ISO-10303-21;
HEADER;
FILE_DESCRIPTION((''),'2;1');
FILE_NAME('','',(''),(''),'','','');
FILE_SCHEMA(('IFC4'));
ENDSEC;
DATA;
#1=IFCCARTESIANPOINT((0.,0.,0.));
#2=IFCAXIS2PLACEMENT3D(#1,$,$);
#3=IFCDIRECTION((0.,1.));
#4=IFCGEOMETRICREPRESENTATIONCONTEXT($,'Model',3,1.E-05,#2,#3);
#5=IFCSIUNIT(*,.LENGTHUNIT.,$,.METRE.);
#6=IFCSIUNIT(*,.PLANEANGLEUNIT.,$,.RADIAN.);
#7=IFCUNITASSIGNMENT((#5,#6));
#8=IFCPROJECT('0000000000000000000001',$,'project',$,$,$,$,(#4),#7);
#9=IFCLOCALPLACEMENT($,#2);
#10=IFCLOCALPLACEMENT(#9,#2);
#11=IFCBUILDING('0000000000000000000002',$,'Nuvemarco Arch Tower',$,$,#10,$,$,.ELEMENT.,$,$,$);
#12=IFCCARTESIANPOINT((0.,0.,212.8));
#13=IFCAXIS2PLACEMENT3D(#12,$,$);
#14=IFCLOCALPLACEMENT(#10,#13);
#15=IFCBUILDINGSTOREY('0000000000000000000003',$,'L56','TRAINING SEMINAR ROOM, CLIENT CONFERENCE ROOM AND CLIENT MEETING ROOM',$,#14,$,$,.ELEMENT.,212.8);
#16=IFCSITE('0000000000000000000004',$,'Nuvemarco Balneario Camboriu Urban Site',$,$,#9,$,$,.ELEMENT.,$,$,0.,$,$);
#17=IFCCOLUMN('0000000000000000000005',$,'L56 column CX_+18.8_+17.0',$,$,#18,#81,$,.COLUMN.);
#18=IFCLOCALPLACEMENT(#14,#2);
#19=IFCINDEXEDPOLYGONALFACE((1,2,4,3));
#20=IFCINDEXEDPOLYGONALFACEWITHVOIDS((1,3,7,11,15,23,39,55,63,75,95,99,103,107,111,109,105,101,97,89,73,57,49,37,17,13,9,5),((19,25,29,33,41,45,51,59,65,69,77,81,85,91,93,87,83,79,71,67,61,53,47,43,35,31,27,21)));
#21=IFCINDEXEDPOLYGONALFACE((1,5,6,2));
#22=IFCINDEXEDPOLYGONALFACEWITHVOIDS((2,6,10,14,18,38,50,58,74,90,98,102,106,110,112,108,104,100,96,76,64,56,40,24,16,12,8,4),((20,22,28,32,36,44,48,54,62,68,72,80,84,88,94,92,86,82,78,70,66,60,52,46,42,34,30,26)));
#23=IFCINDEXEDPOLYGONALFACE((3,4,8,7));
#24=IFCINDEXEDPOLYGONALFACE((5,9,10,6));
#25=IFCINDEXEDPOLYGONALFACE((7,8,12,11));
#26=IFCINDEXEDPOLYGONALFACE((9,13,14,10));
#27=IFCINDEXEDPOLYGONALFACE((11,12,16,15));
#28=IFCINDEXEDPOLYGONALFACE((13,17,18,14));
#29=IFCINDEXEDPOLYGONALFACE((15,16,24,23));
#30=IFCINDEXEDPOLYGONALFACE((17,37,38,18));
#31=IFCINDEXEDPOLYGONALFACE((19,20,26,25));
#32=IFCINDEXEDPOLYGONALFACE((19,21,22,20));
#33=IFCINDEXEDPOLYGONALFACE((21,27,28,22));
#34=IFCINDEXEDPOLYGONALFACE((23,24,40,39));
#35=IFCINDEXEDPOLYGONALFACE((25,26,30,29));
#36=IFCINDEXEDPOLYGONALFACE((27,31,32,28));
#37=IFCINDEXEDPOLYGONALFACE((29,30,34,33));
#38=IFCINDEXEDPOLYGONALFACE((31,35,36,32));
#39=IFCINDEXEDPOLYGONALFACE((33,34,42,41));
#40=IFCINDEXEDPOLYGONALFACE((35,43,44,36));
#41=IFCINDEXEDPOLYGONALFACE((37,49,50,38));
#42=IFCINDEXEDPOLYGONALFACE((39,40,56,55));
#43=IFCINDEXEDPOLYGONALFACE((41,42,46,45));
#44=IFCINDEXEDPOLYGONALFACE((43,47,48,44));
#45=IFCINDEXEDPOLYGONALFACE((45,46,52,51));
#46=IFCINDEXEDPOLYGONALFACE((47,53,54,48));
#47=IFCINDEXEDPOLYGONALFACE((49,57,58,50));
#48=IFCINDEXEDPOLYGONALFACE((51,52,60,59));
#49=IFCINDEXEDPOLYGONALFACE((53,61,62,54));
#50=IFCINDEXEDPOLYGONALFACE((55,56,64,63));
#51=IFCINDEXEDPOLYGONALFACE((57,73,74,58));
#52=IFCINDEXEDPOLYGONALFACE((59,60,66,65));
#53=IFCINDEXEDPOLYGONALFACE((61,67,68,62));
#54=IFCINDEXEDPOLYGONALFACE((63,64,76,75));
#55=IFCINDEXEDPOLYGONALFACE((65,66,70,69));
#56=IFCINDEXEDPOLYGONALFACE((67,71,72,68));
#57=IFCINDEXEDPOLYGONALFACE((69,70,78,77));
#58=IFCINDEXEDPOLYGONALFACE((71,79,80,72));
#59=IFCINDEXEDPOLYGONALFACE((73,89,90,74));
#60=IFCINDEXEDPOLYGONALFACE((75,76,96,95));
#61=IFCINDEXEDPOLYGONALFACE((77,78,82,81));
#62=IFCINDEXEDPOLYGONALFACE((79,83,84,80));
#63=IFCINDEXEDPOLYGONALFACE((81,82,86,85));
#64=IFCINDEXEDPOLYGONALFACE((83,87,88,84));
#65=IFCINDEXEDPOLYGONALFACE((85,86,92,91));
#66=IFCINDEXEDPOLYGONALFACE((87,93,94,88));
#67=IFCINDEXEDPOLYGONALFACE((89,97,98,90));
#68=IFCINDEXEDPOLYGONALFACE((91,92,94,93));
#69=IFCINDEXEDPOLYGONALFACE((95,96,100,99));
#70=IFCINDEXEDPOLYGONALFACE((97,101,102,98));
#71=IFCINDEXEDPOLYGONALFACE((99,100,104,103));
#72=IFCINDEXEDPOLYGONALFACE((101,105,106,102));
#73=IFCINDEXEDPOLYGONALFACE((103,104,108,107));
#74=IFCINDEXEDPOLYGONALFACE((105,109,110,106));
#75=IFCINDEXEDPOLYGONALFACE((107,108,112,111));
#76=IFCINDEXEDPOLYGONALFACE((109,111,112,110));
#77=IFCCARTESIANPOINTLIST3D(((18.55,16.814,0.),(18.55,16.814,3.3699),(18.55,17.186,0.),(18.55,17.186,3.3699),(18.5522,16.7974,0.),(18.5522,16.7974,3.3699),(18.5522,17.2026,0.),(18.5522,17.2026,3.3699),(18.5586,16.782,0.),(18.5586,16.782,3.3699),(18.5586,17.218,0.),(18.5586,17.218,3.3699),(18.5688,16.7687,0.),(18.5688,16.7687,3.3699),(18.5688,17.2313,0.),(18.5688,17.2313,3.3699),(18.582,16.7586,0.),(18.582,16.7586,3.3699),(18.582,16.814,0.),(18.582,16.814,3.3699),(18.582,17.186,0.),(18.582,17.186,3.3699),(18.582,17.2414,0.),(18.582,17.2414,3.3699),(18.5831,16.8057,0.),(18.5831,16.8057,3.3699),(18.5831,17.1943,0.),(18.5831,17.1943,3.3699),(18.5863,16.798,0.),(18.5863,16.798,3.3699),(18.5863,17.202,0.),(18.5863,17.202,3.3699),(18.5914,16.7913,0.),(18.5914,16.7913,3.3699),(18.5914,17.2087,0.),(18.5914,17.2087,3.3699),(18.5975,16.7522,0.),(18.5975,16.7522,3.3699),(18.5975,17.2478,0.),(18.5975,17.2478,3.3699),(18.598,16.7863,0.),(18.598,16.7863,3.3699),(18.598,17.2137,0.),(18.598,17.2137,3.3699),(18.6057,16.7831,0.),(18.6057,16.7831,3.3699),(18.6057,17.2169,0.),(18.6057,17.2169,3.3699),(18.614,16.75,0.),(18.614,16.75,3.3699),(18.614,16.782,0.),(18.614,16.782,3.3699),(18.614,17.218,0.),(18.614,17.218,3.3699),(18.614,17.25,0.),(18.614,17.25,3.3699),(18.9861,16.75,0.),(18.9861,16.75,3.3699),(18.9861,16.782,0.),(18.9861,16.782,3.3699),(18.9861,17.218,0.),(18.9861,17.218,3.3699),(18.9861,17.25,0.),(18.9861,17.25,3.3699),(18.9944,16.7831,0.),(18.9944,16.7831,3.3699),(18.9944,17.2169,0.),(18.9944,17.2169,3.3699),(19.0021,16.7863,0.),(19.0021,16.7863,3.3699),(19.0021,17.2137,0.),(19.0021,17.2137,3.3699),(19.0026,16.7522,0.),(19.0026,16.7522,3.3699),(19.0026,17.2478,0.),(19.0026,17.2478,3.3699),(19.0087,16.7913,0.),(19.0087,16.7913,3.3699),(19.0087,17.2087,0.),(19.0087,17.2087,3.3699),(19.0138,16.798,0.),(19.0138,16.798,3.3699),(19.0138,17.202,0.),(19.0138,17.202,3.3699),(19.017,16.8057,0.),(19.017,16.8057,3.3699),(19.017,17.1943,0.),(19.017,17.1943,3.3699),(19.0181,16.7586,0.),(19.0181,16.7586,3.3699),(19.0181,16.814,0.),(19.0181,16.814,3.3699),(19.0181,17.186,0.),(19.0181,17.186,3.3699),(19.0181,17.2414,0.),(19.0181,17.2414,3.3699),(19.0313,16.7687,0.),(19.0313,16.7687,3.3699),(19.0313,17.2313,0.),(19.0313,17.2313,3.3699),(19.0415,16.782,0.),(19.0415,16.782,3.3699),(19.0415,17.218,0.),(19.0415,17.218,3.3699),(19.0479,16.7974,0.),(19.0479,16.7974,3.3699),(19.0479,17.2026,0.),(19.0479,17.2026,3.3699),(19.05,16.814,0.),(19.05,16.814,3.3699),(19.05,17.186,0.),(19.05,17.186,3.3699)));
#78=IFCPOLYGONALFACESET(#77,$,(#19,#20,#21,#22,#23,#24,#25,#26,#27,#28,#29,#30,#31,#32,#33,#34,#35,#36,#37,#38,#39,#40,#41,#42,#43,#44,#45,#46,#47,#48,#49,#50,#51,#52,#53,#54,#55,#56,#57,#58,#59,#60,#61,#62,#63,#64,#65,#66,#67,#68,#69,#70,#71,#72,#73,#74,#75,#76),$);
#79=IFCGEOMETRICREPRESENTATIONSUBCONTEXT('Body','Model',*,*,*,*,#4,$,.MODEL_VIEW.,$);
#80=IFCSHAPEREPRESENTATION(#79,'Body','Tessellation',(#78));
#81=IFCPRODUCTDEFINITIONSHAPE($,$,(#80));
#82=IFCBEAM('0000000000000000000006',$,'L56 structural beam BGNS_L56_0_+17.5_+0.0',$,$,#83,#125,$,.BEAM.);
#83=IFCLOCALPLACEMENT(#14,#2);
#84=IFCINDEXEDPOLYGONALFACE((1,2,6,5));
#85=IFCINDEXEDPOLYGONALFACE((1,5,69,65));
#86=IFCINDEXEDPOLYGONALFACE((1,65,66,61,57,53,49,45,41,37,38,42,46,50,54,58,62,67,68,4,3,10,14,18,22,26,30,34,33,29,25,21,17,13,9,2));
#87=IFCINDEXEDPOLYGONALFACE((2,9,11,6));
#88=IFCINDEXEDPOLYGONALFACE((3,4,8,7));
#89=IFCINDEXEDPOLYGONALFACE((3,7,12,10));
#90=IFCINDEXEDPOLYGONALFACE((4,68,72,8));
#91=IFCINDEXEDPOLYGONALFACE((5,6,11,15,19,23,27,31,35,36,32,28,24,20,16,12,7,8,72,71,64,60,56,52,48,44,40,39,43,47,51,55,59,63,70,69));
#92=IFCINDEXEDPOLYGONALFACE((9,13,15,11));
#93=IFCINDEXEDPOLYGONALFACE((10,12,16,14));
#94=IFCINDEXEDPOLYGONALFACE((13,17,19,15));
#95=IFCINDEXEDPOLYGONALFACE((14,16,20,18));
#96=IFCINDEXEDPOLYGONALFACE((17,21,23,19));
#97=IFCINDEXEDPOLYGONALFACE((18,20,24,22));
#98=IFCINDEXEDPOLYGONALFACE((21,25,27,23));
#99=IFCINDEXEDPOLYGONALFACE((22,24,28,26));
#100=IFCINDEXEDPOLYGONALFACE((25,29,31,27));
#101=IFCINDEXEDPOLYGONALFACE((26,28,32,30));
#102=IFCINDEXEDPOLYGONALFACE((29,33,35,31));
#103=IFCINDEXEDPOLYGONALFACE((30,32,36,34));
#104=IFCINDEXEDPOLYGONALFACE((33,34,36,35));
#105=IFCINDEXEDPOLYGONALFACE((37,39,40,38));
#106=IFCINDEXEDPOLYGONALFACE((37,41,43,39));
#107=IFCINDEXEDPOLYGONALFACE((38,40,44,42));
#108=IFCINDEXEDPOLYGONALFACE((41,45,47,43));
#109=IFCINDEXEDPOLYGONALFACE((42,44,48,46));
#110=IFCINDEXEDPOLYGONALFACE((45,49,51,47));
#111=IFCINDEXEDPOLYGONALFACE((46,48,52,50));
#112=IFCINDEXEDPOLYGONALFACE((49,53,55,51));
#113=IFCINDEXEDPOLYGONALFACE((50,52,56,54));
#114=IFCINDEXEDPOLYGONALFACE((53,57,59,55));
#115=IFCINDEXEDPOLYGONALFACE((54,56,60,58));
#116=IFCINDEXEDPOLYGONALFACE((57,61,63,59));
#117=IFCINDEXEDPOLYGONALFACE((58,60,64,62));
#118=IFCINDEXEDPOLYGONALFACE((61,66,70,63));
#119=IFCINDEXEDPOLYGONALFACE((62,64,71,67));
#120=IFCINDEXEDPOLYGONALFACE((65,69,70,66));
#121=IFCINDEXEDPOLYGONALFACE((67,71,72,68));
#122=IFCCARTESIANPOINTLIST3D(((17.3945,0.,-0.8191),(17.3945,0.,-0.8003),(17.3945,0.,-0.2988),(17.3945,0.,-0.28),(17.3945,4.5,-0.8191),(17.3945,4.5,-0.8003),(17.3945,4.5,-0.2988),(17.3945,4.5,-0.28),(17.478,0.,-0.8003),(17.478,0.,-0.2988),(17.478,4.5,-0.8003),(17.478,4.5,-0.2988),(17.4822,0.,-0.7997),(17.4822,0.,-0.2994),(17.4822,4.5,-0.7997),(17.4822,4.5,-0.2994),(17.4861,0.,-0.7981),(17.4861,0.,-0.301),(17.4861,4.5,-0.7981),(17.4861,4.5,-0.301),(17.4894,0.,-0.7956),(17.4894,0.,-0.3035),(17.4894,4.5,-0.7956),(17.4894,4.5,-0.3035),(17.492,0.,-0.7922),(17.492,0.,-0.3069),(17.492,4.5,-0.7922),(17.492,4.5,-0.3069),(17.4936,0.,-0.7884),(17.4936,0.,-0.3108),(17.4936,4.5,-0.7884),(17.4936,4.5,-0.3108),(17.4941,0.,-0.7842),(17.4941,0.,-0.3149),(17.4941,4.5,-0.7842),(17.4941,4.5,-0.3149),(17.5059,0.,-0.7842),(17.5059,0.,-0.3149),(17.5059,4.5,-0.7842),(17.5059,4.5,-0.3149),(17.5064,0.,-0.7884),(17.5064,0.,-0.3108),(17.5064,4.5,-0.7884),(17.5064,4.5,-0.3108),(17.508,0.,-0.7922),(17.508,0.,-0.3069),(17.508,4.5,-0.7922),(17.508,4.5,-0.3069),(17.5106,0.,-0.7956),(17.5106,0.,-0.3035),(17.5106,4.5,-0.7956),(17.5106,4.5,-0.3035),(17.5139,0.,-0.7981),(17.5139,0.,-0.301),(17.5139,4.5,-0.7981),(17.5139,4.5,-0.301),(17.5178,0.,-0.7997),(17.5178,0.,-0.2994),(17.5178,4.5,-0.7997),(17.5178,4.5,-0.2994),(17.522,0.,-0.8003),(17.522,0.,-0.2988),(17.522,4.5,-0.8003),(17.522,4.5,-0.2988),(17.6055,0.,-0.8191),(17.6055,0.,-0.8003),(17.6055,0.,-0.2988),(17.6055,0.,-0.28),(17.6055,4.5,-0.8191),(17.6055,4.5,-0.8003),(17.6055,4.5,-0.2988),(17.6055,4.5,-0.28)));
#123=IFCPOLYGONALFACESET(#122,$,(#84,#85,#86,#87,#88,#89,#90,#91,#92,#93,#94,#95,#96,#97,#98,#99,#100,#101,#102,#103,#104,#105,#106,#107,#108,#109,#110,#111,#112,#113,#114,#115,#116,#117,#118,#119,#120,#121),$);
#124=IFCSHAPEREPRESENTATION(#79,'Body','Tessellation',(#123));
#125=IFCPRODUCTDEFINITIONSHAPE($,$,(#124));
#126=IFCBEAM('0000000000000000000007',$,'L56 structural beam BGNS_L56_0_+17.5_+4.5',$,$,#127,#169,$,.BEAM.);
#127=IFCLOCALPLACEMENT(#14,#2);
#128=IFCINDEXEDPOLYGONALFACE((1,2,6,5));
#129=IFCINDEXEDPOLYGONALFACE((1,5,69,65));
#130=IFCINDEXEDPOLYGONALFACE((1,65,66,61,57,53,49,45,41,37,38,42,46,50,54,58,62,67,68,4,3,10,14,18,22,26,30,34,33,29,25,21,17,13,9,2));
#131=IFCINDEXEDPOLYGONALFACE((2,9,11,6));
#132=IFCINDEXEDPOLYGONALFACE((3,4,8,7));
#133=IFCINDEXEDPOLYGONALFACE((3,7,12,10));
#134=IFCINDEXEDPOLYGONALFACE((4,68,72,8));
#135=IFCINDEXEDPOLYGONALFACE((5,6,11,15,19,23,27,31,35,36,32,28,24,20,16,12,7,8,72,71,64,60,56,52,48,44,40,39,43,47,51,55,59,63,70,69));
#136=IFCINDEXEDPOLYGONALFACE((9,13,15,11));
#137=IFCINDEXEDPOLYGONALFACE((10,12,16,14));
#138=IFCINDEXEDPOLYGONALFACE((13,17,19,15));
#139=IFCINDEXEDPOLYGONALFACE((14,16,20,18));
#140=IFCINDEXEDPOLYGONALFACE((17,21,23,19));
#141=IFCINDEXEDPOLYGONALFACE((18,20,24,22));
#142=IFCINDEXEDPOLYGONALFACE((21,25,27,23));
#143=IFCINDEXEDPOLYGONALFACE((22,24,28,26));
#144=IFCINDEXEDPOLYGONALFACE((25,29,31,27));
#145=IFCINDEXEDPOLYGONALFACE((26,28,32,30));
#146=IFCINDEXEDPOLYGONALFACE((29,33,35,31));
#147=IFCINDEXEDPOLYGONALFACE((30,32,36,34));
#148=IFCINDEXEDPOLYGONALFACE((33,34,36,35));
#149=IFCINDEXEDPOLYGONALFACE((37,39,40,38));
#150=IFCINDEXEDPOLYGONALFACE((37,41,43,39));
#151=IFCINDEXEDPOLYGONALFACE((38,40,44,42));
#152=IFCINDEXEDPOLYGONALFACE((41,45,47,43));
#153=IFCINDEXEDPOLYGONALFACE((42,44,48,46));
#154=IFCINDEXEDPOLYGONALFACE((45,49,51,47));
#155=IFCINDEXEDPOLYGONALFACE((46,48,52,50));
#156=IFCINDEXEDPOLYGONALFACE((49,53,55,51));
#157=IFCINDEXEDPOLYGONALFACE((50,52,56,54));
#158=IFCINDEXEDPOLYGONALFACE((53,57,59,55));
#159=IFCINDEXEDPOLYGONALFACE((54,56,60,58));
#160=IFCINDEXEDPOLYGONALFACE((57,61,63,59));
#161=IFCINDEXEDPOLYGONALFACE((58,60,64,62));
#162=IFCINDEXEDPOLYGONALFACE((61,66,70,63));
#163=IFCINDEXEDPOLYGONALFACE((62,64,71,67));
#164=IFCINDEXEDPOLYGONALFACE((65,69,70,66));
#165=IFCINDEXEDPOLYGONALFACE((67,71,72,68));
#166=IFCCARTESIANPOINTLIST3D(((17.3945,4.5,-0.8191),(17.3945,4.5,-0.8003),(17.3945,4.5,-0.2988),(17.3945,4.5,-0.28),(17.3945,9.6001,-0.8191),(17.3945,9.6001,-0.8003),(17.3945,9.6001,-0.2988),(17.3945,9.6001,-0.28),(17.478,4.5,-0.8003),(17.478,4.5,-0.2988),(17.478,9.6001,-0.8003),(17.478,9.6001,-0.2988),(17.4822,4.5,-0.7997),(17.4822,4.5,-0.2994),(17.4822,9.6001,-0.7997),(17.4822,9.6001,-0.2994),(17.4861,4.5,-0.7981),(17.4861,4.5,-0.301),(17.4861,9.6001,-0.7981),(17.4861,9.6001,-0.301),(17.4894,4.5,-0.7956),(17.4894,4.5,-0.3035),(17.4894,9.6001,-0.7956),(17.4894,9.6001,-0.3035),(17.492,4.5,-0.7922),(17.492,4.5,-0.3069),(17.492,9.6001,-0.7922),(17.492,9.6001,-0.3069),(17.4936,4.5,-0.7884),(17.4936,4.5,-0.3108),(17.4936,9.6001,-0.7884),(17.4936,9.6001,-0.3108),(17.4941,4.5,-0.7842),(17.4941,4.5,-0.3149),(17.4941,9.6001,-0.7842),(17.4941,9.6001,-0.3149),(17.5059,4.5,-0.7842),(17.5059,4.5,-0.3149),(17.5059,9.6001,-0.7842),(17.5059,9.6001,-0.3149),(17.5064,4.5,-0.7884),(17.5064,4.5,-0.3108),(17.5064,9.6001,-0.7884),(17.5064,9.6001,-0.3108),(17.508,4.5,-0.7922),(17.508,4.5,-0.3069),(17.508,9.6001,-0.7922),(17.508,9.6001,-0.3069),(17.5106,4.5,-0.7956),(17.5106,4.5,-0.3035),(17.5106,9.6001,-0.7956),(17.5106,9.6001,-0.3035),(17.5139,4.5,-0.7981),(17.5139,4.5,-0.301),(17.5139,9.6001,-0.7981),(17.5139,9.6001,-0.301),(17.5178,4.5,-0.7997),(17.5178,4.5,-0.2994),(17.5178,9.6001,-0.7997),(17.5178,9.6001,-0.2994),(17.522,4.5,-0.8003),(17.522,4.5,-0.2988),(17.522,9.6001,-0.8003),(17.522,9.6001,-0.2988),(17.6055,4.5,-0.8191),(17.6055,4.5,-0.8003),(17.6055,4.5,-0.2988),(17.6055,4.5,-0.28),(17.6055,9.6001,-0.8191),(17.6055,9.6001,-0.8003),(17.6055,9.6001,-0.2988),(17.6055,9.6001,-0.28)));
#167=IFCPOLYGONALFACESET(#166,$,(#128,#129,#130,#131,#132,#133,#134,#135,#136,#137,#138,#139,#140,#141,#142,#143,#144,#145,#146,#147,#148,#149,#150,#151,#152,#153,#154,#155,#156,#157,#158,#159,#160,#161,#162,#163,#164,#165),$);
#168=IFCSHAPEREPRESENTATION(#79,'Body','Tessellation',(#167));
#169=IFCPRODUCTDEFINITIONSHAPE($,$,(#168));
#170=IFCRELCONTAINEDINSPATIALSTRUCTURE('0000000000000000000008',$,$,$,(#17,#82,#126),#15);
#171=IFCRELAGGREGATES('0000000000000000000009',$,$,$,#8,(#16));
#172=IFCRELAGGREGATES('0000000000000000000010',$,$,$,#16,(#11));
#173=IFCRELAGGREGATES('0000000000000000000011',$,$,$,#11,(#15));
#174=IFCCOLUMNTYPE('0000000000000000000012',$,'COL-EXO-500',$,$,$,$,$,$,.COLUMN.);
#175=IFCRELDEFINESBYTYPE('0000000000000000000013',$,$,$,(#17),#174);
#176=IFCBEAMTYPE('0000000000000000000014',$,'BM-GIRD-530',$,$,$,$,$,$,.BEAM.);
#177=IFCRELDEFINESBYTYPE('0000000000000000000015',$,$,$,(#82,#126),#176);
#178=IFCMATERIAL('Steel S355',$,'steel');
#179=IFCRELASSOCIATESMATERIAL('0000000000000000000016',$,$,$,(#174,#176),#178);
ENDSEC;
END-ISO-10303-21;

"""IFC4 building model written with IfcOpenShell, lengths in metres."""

from ifc_helpers import new_model, si_unit, direction, frame, origin, origin_2d, place, context, subcontext, project, spatial, hollow_rectangle, i_section, extrude, material, material_profile, profile_set, type_object, element, save


model = new_model("IFC4")

# Units and contexts
model_context = context("Model", 3, precision=1e-05, world=origin(), true_north=direction((0.0, 1.0)))
body_context = subcontext(model_context, "Body", "Model", "MODEL_VIEW")
ifc_project = project(units=[si_unit("LENGTHUNIT", "METRE"), si_unit("PLANEANGLEUNIT", "RADIAN")], contexts=[model_context])

# Site, building, storey
site_placement = place(None, origin())
site = spatial("IfcSite", under=ifc_project, at=site_placement, Name="Nuvemarco Balneario Camboriu Urban Site", CompositionType="ELEMENT", RefElevation=0.0)
building_placement = place(site_placement, origin())
building = spatial("IfcBuilding", under=site, at=building_placement, Name="Nuvemarco Arch Tower", CompositionType="ELEMENT")
storey_placement = place(building_placement, frame((0.0, 0.0, 212.8)))
storey = spatial("IfcBuildingStorey", under=building, at=storey_placement, Name="L56", Description="TRAINING SEMINAR ROOM, CLIENT CONFERENCE ROOM AND CLIENT MEETING ROOM", CompositionType="ELEMENT", Elevation=212.8)

# Column
ifc_material_1 = material(Name="Steel S355", Category="steel")
ifc_material_profile_1 = material_profile(ifc_material_1, hollow_rectangle(XDim=0.5, YDim=0.5, WallThickness=0.032, InnerFilletRadius=0.032, OuterFilletRadius=0.064, at=origin_2d()), Name="SHS500x500x32")
ifc_profile_set_1 = profile_set([ifc_material_profile_1], Name="Steel S355")
column_type_1 = type_object("IfcColumnType", Name="COL-EXO-500", PredefinedType="COLUMN", material=ifc_profile_set_1)
for number, where, z_axis, x_axis, name in (
    (1, (18.8, 17.0, 0.0), (0.0, 0.0, 1.0), (1.0, 0.0, 0.0), "L56 column CX_+18.8_+17.0"),
):
    element("IfcColumn", number, at=place(storey_placement, frame(where, z_axis=z_axis, x_axis=x_axis)), inside=storey, type_object=column_type_1, Name=name, PredefinedType="COLUMN", context=body_context, shape_type="SweptSolid", body=[
        extrude(hollow_rectangle(XDim=0.5, YDim=0.5, WallThickness=0.032, InnerFilletRadius=0.032, OuterFilletRadius=0.064, at=origin_2d()), origin(), (0.0, 0.0, 1.0), 3.3699),
    ])

# Beams
ifc_material_profile_2 = material_profile(ifc_material_1, i_section(OverallWidth=0.2109, OverallDepth=0.5391, WebThickness=0.0117, FlangeThickness=0.0188, FilletRadius=0.0161, at=origin_2d()), Name="W530x109")
ifc_profile_set_2 = profile_set([ifc_material_profile_2], Name="Steel S355")
beam_type_1 = type_object("IfcBeamType", Name="BM-GIRD-530", PredefinedType="BEAM", material=ifc_profile_set_2)
beam_1_placement = place(storey_placement, frame((17.5, 0.0, -0.5496), z_axis=(0.0, 1.0, 0.0), x_axis=(-1.0, 0.0, 0.0)))
element("IfcBeam", 2, at=beam_1_placement, inside=storey, type_object=beam_type_1, Name="L56 structural beam BGNS_L56_0_+17.5_+0.0", PredefinedType="BEAM", context=body_context, shape_type="SweptSolid", body=[
    extrude(i_section(OverallWidth=0.2109, OverallDepth=0.5391, WebThickness=0.0117, FlangeThickness=0.0188, FilletRadius=0.0161, at=origin_2d()), origin(), (0.0, 0.0, 1.0), 4.5),
])
beam_2_placement = place(storey_placement, frame((17.5, 4.5, -0.5496), z_axis=(0.0, 1.0, 0.0), x_axis=(-1.0, 0.0, 0.0)))
element("IfcBeam", 3, at=beam_2_placement, inside=storey, type_object=beam_type_1, Name="L56 structural beam BGNS_L56_0_+17.5_+4.5", PredefinedType="BEAM", context=body_context, shape_type="SweptSolid", body=[
    extrude(i_section(OverallWidth=0.2109, OverallDepth=0.5391, WebThickness=0.0117, FlangeThickness=0.0188, FilletRadius=0.0161, at=origin_2d()), origin(), (0.0, 0.0, 1.0), 5.1001),
])

save(model, "model.ifc")
